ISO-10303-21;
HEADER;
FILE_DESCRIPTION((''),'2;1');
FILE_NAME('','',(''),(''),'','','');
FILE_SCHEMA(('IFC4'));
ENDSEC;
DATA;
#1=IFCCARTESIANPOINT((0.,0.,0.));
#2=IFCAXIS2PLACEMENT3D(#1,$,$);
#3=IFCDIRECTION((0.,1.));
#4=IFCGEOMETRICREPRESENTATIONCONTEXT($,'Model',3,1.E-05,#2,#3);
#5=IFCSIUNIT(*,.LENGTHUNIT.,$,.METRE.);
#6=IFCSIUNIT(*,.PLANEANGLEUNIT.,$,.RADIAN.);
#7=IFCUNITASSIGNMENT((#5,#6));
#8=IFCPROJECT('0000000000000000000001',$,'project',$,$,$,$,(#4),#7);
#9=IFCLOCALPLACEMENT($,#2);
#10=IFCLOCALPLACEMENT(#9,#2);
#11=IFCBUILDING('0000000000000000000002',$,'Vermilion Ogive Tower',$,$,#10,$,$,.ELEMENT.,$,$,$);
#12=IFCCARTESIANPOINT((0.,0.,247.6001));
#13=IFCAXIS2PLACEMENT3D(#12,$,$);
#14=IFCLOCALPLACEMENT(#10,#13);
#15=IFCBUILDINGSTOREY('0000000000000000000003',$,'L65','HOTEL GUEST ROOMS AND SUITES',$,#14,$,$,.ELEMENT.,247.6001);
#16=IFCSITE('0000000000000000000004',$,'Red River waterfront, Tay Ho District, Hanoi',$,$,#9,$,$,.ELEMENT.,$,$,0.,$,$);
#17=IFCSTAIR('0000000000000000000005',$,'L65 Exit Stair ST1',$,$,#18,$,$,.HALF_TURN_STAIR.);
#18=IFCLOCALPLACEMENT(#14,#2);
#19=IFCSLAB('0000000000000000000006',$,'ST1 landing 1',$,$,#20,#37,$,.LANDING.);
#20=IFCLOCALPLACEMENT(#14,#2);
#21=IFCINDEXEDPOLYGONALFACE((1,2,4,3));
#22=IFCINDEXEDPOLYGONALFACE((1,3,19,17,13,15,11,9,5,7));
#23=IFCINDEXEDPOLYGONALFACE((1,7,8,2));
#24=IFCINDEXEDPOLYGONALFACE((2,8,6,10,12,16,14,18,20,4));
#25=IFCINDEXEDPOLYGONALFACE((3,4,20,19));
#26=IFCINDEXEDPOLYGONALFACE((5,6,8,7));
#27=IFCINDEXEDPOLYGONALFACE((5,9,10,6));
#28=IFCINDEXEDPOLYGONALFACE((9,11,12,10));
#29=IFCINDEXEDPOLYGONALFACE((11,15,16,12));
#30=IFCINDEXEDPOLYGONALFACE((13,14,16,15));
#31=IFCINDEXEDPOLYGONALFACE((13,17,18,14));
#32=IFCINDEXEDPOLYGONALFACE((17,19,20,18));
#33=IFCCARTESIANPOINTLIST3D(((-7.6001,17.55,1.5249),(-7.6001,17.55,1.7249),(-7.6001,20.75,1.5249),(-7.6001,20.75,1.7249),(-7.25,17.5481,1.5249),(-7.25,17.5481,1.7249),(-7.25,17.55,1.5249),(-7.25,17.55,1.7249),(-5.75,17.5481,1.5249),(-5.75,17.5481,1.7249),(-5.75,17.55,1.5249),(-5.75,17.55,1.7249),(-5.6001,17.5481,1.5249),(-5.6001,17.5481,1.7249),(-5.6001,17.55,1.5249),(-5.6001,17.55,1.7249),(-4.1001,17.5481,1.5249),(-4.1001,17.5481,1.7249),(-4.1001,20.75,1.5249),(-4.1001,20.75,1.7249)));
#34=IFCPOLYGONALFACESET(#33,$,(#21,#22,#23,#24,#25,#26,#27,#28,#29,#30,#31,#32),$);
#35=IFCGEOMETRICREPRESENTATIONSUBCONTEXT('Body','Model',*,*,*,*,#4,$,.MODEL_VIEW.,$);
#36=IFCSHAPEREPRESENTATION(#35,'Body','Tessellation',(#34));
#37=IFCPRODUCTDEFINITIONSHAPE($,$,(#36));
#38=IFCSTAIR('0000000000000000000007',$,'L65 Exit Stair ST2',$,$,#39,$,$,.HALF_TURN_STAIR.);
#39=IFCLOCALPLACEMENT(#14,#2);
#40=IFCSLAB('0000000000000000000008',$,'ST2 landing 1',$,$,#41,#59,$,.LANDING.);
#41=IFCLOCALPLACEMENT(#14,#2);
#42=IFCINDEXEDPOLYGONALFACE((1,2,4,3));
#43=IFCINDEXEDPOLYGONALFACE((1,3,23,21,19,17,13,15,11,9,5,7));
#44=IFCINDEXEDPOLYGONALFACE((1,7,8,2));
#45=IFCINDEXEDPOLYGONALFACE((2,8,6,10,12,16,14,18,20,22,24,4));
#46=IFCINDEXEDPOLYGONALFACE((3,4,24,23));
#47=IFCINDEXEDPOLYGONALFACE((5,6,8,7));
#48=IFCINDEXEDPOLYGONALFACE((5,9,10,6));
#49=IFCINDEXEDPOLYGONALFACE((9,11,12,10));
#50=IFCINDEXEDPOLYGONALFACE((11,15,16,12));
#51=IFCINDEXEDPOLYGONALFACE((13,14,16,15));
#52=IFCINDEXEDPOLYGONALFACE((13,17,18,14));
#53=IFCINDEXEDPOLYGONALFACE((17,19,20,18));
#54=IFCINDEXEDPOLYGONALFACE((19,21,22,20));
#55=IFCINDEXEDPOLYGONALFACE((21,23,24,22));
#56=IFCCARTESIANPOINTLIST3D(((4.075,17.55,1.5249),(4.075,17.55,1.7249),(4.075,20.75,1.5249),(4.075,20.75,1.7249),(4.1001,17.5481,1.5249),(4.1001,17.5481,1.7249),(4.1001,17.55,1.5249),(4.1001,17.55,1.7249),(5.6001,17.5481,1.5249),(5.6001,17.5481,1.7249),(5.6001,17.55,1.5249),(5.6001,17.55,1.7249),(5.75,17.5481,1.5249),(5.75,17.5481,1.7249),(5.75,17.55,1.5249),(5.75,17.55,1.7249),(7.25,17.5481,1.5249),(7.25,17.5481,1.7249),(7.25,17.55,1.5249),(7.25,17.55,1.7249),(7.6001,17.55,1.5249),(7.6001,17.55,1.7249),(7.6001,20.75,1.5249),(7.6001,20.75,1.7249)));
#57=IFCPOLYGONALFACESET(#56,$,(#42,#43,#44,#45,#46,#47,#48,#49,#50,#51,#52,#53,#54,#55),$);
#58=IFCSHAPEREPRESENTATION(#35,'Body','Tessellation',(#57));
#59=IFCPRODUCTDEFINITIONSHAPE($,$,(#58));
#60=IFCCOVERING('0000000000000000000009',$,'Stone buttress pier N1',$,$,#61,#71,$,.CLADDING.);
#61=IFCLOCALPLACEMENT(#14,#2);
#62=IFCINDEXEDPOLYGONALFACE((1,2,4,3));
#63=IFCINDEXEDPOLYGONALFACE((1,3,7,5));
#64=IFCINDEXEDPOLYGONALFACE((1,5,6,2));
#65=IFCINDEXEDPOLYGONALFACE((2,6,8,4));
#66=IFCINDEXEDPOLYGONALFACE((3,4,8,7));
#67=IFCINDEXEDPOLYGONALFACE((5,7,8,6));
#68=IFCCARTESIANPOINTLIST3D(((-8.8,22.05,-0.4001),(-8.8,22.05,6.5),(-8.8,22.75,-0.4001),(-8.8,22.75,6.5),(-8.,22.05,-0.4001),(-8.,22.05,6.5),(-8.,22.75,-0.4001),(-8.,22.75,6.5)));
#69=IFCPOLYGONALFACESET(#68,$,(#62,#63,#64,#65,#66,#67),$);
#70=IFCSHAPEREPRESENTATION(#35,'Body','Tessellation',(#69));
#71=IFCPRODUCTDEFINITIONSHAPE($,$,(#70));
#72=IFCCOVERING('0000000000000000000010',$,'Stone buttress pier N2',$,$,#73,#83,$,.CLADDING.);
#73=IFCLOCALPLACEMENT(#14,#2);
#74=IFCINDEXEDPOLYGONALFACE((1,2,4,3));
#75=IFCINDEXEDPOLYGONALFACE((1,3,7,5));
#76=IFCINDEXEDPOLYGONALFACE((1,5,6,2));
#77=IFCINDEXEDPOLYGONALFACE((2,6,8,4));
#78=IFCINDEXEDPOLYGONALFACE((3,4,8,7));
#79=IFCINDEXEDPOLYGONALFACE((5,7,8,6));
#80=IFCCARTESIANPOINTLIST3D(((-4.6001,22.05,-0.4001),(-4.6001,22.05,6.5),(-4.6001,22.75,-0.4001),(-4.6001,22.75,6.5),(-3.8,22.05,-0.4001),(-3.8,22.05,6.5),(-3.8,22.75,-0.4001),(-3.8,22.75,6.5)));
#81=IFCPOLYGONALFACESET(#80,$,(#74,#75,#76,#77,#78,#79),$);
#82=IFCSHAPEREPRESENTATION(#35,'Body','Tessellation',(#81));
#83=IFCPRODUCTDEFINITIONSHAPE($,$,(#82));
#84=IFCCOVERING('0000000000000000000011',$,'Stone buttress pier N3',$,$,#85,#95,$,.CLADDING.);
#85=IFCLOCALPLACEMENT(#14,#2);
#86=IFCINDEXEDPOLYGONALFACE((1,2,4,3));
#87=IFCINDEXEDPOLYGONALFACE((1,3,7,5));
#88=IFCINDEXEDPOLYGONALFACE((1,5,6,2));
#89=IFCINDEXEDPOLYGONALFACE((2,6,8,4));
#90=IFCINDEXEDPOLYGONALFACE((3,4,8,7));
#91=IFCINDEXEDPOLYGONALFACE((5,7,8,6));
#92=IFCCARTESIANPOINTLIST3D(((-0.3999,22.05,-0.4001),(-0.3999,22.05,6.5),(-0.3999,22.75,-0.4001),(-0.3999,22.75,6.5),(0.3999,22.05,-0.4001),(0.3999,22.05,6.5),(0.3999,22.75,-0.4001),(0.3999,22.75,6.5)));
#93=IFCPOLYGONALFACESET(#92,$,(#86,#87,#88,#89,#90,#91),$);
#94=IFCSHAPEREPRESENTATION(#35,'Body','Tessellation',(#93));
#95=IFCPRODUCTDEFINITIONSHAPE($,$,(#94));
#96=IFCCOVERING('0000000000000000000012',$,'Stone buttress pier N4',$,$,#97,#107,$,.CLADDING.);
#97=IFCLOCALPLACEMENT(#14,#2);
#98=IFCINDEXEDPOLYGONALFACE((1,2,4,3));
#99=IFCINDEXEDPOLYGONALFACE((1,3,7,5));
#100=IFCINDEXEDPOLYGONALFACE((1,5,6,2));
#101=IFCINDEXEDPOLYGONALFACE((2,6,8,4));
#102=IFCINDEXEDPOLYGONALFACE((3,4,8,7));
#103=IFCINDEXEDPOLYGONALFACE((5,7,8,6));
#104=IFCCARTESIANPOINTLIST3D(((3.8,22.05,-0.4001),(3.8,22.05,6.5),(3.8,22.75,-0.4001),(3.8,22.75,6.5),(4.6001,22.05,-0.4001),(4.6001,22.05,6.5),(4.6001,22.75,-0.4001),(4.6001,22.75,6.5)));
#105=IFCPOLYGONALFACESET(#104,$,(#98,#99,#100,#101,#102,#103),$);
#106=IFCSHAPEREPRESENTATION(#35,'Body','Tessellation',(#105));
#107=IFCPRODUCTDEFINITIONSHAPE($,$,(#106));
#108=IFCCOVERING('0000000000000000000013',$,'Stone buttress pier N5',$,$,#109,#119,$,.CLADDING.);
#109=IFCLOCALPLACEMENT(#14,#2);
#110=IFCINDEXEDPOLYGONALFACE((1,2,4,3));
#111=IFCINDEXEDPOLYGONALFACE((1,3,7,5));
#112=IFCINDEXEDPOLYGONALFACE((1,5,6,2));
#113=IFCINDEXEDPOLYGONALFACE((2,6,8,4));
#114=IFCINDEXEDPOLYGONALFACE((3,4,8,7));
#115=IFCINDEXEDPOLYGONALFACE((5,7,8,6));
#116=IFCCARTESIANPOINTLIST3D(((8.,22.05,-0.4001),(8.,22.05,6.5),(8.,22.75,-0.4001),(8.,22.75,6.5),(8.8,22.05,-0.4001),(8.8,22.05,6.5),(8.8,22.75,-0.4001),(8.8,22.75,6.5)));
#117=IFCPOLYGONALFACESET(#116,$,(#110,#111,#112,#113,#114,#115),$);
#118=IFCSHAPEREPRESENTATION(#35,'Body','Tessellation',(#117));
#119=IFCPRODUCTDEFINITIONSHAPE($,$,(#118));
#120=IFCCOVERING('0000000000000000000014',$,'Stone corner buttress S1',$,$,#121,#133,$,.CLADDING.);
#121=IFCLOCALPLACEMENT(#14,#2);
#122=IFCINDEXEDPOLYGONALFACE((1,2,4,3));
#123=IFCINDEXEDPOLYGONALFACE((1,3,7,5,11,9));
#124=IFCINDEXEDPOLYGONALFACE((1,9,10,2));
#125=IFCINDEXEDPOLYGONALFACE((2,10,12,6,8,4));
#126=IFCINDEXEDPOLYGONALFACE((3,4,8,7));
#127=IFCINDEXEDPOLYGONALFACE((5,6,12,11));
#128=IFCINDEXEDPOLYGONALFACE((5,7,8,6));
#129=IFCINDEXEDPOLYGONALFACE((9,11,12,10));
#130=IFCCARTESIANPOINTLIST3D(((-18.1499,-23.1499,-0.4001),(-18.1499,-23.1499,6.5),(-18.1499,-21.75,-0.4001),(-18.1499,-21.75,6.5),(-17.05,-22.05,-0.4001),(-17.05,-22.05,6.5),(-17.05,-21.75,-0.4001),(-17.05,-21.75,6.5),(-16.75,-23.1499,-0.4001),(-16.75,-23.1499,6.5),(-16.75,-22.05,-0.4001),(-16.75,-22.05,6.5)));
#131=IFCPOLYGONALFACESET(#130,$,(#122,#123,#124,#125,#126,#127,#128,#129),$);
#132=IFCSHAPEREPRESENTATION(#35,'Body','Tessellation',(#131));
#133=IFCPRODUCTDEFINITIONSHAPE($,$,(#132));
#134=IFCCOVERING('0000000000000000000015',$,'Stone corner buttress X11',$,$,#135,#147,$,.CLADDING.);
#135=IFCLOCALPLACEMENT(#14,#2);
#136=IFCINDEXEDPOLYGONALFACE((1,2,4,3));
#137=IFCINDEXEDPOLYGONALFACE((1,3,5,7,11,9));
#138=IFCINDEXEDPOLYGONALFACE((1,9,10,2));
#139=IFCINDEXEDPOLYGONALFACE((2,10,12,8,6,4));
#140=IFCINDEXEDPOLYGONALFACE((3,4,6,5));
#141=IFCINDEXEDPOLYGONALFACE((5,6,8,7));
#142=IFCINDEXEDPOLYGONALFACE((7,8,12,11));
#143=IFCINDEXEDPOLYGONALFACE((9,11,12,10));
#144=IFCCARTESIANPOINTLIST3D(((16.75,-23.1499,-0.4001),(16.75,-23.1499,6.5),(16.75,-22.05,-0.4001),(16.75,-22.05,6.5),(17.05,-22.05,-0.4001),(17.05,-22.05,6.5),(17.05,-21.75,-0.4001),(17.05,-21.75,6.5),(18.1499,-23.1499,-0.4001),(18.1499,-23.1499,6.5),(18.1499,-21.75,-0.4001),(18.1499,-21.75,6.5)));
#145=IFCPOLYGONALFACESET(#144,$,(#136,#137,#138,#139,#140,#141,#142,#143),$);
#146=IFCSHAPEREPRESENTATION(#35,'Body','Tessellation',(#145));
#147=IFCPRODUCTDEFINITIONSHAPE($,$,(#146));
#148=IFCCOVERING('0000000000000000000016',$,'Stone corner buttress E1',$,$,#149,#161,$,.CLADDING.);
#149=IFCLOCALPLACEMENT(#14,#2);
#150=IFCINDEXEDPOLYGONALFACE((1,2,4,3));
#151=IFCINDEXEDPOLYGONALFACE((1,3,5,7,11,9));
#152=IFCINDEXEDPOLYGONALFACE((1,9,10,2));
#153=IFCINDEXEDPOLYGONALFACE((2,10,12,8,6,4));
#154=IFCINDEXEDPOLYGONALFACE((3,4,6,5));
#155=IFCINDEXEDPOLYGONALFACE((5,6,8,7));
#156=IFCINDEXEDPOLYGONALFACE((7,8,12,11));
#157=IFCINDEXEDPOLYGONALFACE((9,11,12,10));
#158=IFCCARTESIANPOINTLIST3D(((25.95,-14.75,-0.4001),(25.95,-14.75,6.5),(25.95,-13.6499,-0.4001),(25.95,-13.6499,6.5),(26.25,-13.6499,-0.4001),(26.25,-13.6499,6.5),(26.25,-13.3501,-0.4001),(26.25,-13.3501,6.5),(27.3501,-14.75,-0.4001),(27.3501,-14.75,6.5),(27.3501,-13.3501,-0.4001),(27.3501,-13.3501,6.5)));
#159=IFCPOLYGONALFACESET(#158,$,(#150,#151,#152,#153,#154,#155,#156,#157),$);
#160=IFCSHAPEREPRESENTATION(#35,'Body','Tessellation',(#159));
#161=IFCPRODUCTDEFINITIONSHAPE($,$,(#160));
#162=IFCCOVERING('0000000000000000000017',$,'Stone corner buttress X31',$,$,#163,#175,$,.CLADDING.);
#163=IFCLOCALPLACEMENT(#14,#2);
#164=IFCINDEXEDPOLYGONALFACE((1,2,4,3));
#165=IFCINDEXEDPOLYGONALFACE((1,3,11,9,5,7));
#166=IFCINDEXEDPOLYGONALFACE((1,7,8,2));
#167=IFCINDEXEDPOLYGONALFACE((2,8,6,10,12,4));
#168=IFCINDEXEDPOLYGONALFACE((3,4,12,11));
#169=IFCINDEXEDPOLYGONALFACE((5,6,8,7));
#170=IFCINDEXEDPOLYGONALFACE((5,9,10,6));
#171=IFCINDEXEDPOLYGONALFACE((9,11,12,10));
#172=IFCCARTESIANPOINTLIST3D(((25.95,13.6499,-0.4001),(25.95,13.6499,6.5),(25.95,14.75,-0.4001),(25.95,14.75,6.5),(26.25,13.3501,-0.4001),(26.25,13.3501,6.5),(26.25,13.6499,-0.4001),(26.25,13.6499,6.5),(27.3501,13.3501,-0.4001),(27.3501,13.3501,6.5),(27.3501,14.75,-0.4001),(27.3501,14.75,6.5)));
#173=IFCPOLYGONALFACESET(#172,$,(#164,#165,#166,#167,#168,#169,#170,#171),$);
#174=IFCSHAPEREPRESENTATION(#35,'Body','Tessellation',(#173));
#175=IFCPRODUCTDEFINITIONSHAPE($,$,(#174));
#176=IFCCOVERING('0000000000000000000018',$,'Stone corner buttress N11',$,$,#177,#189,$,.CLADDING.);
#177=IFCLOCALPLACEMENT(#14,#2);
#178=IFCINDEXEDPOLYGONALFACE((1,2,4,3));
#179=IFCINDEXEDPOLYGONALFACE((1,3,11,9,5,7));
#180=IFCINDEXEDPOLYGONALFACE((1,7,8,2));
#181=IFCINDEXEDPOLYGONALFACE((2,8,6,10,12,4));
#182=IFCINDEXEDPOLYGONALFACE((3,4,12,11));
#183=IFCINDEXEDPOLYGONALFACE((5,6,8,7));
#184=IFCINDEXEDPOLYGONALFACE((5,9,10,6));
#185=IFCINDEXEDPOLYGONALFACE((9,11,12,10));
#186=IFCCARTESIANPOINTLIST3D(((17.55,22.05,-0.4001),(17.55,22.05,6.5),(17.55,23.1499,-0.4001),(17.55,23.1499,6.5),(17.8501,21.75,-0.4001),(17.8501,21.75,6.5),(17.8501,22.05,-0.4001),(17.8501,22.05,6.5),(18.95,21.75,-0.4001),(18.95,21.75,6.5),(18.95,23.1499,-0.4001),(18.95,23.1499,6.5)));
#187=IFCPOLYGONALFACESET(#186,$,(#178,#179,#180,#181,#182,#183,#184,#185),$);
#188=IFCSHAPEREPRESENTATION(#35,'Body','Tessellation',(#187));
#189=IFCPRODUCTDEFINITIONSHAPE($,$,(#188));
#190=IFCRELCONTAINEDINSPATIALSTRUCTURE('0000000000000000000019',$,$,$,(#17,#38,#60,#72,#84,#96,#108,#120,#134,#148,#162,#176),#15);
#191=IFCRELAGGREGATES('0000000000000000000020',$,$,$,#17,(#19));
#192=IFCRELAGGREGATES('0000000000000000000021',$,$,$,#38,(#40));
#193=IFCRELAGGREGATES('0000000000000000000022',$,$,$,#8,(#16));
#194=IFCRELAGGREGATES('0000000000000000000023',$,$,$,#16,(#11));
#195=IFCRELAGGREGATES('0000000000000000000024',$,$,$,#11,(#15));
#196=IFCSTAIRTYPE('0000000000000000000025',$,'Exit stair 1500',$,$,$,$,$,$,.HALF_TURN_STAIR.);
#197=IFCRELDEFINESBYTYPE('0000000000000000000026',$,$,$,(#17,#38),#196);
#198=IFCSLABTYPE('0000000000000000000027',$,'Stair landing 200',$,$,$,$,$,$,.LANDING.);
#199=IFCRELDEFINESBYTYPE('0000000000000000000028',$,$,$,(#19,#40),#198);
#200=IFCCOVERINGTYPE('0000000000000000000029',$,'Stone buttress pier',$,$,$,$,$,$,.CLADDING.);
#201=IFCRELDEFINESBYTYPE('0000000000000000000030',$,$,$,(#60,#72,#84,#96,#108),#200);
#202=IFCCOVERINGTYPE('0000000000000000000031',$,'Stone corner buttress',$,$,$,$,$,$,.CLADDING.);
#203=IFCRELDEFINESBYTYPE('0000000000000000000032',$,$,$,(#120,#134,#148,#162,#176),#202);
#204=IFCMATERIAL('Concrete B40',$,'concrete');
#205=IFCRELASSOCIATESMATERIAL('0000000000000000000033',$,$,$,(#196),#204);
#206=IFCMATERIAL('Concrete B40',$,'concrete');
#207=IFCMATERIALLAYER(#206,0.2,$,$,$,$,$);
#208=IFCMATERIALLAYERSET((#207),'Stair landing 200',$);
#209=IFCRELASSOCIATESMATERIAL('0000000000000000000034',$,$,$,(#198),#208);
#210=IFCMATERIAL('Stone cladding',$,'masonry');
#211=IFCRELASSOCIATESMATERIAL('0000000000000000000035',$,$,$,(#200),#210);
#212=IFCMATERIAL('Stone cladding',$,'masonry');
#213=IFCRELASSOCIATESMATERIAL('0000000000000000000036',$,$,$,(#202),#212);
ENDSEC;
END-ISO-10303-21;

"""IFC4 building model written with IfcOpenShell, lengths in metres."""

from ifc_helpers import new_model, si_unit, direction, frame, origin, place, context, subcontext, project, spatial, polyline, outline, extrude, material, layer, layer_set, type_object, element, aggregate, save


model = new_model("IFC4")

# Units and contexts
model_context = context("Model", 3, precision=1e-05, world=origin(), true_north=direction((0.0, 1.0)))
body_context = subcontext(model_context, "Body", "Model", "MODEL_VIEW")
ifc_project = project(units=[si_unit("LENGTHUNIT", "METRE"), si_unit("PLANEANGLEUNIT", "RADIAN")], contexts=[model_context])

# Site, building, storey
site_placement = place(None, origin())
site = spatial("IfcSite", under=ifc_project, at=site_placement, Name="Red River waterfront, Tay Ho District, Hanoi", CompositionType="ELEMENT", RefElevation=0.0)
building_placement = place(site_placement, origin())
building = spatial("IfcBuilding", under=site, at=building_placement, Name="Vermilion Ogive Tower", CompositionType="ELEMENT")
storey_placement = place(building_placement, frame((0.0, 0.0, 247.6001)))
storey = spatial("IfcBuildingStorey", under=building, at=storey_placement, Name="L65", Description="HOTEL GUEST ROOMS AND SUITES", CompositionType="ELEMENT", Elevation=247.6001)

# Stairs, slabs
ifc_material_1 = material(Name="Concrete B40", Category="concrete")
stair_type = type_object("IfcStairType", Name="Exit stair 1500", PredefinedType="HALF_TURN_STAIR", material=ifc_material_1)
stair_1_placement = place(storey_placement, origin())
stair_1 = element("IfcStair", 1, at=stair_1_placement, inside=storey, type_object=stair_type, Name="L65 Exit Stair ST1", PredefinedType="HALF_TURN_STAIR")
ifc_material_2 = material(Name="Concrete B40", Category="concrete")
ifc_layer = layer(ifc_material_2, 0.2)
ifc_layer_set = layer_set([ifc_layer], Name="Stair landing 200")
slab_type = type_object("IfcSlabType", Name="Stair landing 200", PredefinedType="LANDING", material=ifc_layer_set)
slab_1_placement = place(storey_placement, frame((0.0, 0.0, 1.5249)))
slab_1 = element("IfcSlab", 2, at=slab_1_placement, type_object=slab_type, Name="ST1 landing 1", PredefinedType="LANDING", context=body_context, shape_type="SweptSolid", body=[
    extrude(outline(polyline([(-7.6001, 17.55), (-7.25, 17.55), (-7.25, 17.5481), (-5.75, 17.5481), (-5.75, 17.55), (-5.6001, 17.55), (-5.6001, 17.5481), (-4.1001, 17.5481), (-4.1001, 20.75), (-7.6001, 20.75), (-7.6001, 17.55)])), origin(), (0.0, 0.0, 1.0), 0.2),
])
aggregate(stair_1, [slab_1])
stair_2_placement = place(storey_placement, origin())
stair_2 = element("IfcStair", 3, at=stair_2_placement, inside=storey, type_object=stair_type, Name="L65 Exit Stair ST2", PredefinedType="HALF_TURN_STAIR")
slab_2_placement = place(storey_placement, frame((0.0, 0.0, 1.5249)))
slab_2 = element("IfcSlab", 4, at=slab_2_placement, type_object=slab_type, Name="ST2 landing 1", PredefinedType="LANDING", context=body_context, shape_type="SweptSolid", body=[
    extrude(outline(polyline([(5.6001, 17.55), (5.75, 17.55), (5.75, 17.5481), (7.25, 17.5481), (7.25, 17.55), (7.6001, 17.55), (7.6001, 20.75), (4.075, 20.75), (4.075, 17.55), (4.1001, 17.55), (4.1001, 17.5481), (5.6001, 17.5481), (5.6001, 17.55)])), origin(), (0.0, 0.0, 1.0), 0.2),
])
aggregate(stair_2, [slab_2])

# Coverings
ifc_material_3 = material(Name="Stone cladding", Category="masonry")
covering_type_1 = type_object("IfcCoveringType", Name="Stone buttress pier", PredefinedType="CLADDING", material=ifc_material_3)
covering_1_placement = place(storey_placement, frame((0.0, 0.0, -0.4001)))
element("IfcCovering", 5, at=covering_1_placement, inside=storey, type_object=covering_type_1, Name="Stone buttress pier N1", PredefinedType="CLADDING", context=body_context, shape_type="SweptSolid", body=[
    extrude(outline(polyline([(-8.0, 22.75), (-8.0, 22.05), (-8.8, 22.05), (-8.8, 22.75), (-8.0, 22.75)])), origin(), (0.0, 0.0, 1.0), 6.9001),
])
covering_2_placement = place(storey_placement, frame((0.0, 0.0, -0.4001)))
element("IfcCovering", 6, at=covering_2_placement, inside=storey, type_object=covering_type_1, Name="Stone buttress pier N2", PredefinedType="CLADDING", context=body_context, shape_type="SweptSolid", body=[
    extrude(outline(polyline([(-3.8, 22.75), (-3.8, 22.05), (-4.6001, 22.05), (-4.6001, 22.75), (-3.8, 22.75)])), origin(), (0.0, 0.0, 1.0), 6.9001),
])
covering_3_placement = place(storey_placement, frame((0.0, 0.0, -0.4001)))
element("IfcCovering", 7, at=covering_3_placement, inside=storey, type_object=covering_type_1, Name="Stone buttress pier N3", PredefinedType="CLADDING", context=body_context, shape_type="SweptSolid", body=[
    extrude(outline(polyline([(0.3999, 22.75), (0.3999, 22.05), (-0.3999, 22.05), (-0.3999, 22.75), (0.3999, 22.75)])), origin(), (0.0, 0.0, 1.0), 6.9001),
])
covering_4_placement = place(storey_placement, frame((0.0, 0.0, -0.4001)))
element("IfcCovering", 8, at=covering_4_placement, inside=storey, type_object=covering_type_1, Name="Stone buttress pier N4", PredefinedType="CLADDING", context=body_context, shape_type="SweptSolid", body=[
    extrude(outline(polyline([(4.6001, 22.75), (4.6001, 22.05), (3.8, 22.05), (3.8, 22.75), (4.6001, 22.75)])), origin(), (0.0, 0.0, 1.0), 6.9001),
])
covering_5_placement = place(storey_placement, frame((0.0, 0.0, -0.4001)))
element("IfcCovering", 9, at=covering_5_placement, inside=storey, type_object=covering_type_1, Name="Stone buttress pier N5", PredefinedType="CLADDING", context=body_context, shape_type="SweptSolid", body=[
    extrude(outline(polyline([(8.8, 22.75), (8.8, 22.05), (8.0, 22.05), (8.0, 22.75), (8.8, 22.75)])), origin(), (0.0, 0.0, 1.0), 6.9001),
])
ifc_material_4 = material(Name="Stone cladding", Category="masonry")
covering_type_2 = type_object("IfcCoveringType", Name="Stone corner buttress", PredefinedType="CLADDING", material=ifc_material_4)
covering_6_placement = place(storey_placement, frame((0.0, 0.0, -0.4001)))
element("IfcCovering", 10, at=covering_6_placement, inside=storey, type_object=covering_type_2, Name="Stone corner buttress S1", PredefinedType="CLADDING", context=body_context, shape_type="SweptSolid", body=[
    extrude(outline(polyline([(-17.05, -22.05), (-16.75, -22.05), (-16.75, -23.1499), (-18.1499, -23.1499), (-18.1499, -21.75), (-17.05, -21.75), (-17.05, -22.05)])), origin(), (0.0, 0.0, 1.0), 6.9001),
])
covering_7_placement = place(storey_placement, frame((0.0, 0.0, -0.4001)))
element("IfcCovering", 11, at=covering_7_placement, inside=storey, type_object=covering_type_2, Name="Stone corner buttress X11", PredefinedType="CLADDING", context=body_context, shape_type="SweptSolid", body=[
    extrude(outline(polyline([(16.75, -22.05), (17.05, -22.05), (17.05, -21.75), (18.1499, -21.75), (18.1499, -23.1499), (16.75, -23.1499), (16.75, -22.05)])), origin(), (0.0, 0.0, 1.0), 6.9001),
])
covering_8_placement = place(storey_placement, frame((0.0, 0.0, -0.4001)))
element("IfcCovering", 12, at=covering_8_placement, inside=storey, type_object=covering_type_2, Name="Stone corner buttress E1", PredefinedType="CLADDING", context=body_context, shape_type="SweptSolid", body=[
    extrude(outline(polyline([(25.95, -13.6499), (26.25, -13.6499), (26.25, -13.3501), (27.3501, -13.3501), (27.3501, -14.75), (25.95, -14.75), (25.95, -13.6499)])), origin(), (0.0, 0.0, 1.0), 6.9001),
])
covering_9_placement = place(storey_placement, frame((0.0, 0.0, -0.4001)))
element("IfcCovering", 13, at=covering_9_placement, inside=storey, type_object=covering_type_2, Name="Stone corner buttress X31", PredefinedType="CLADDING", context=body_context, shape_type="SweptSolid", body=[
    extrude(outline(polyline([(27.3501, 13.3501), (26.25, 13.3501), (26.25, 13.6499), (25.95, 13.6499), (25.95, 14.75), (27.3501, 14.75), (27.3501, 13.3501)])), origin(), (0.0, 0.0, 1.0), 6.9001),
])
covering_10_placement = place(storey_placement, frame((0.0, 0.0, -0.4001)))
element("IfcCovering", 14, at=covering_10_placement, inside=storey, type_object=covering_type_2, Name="Stone corner buttress N11", PredefinedType="CLADDING", context=body_context, shape_type="SweptSolid", body=[
    extrude(outline(polyline([(17.8501, 22.05), (17.55, 22.05), (17.55, 23.1499), (18.95, 23.1499), (18.95, 21.75), (17.8501, 21.75), (17.8501, 22.05)])), origin(), (0.0, 0.0, 1.0), 6.9001),
])

save(model, "model.ifc")
